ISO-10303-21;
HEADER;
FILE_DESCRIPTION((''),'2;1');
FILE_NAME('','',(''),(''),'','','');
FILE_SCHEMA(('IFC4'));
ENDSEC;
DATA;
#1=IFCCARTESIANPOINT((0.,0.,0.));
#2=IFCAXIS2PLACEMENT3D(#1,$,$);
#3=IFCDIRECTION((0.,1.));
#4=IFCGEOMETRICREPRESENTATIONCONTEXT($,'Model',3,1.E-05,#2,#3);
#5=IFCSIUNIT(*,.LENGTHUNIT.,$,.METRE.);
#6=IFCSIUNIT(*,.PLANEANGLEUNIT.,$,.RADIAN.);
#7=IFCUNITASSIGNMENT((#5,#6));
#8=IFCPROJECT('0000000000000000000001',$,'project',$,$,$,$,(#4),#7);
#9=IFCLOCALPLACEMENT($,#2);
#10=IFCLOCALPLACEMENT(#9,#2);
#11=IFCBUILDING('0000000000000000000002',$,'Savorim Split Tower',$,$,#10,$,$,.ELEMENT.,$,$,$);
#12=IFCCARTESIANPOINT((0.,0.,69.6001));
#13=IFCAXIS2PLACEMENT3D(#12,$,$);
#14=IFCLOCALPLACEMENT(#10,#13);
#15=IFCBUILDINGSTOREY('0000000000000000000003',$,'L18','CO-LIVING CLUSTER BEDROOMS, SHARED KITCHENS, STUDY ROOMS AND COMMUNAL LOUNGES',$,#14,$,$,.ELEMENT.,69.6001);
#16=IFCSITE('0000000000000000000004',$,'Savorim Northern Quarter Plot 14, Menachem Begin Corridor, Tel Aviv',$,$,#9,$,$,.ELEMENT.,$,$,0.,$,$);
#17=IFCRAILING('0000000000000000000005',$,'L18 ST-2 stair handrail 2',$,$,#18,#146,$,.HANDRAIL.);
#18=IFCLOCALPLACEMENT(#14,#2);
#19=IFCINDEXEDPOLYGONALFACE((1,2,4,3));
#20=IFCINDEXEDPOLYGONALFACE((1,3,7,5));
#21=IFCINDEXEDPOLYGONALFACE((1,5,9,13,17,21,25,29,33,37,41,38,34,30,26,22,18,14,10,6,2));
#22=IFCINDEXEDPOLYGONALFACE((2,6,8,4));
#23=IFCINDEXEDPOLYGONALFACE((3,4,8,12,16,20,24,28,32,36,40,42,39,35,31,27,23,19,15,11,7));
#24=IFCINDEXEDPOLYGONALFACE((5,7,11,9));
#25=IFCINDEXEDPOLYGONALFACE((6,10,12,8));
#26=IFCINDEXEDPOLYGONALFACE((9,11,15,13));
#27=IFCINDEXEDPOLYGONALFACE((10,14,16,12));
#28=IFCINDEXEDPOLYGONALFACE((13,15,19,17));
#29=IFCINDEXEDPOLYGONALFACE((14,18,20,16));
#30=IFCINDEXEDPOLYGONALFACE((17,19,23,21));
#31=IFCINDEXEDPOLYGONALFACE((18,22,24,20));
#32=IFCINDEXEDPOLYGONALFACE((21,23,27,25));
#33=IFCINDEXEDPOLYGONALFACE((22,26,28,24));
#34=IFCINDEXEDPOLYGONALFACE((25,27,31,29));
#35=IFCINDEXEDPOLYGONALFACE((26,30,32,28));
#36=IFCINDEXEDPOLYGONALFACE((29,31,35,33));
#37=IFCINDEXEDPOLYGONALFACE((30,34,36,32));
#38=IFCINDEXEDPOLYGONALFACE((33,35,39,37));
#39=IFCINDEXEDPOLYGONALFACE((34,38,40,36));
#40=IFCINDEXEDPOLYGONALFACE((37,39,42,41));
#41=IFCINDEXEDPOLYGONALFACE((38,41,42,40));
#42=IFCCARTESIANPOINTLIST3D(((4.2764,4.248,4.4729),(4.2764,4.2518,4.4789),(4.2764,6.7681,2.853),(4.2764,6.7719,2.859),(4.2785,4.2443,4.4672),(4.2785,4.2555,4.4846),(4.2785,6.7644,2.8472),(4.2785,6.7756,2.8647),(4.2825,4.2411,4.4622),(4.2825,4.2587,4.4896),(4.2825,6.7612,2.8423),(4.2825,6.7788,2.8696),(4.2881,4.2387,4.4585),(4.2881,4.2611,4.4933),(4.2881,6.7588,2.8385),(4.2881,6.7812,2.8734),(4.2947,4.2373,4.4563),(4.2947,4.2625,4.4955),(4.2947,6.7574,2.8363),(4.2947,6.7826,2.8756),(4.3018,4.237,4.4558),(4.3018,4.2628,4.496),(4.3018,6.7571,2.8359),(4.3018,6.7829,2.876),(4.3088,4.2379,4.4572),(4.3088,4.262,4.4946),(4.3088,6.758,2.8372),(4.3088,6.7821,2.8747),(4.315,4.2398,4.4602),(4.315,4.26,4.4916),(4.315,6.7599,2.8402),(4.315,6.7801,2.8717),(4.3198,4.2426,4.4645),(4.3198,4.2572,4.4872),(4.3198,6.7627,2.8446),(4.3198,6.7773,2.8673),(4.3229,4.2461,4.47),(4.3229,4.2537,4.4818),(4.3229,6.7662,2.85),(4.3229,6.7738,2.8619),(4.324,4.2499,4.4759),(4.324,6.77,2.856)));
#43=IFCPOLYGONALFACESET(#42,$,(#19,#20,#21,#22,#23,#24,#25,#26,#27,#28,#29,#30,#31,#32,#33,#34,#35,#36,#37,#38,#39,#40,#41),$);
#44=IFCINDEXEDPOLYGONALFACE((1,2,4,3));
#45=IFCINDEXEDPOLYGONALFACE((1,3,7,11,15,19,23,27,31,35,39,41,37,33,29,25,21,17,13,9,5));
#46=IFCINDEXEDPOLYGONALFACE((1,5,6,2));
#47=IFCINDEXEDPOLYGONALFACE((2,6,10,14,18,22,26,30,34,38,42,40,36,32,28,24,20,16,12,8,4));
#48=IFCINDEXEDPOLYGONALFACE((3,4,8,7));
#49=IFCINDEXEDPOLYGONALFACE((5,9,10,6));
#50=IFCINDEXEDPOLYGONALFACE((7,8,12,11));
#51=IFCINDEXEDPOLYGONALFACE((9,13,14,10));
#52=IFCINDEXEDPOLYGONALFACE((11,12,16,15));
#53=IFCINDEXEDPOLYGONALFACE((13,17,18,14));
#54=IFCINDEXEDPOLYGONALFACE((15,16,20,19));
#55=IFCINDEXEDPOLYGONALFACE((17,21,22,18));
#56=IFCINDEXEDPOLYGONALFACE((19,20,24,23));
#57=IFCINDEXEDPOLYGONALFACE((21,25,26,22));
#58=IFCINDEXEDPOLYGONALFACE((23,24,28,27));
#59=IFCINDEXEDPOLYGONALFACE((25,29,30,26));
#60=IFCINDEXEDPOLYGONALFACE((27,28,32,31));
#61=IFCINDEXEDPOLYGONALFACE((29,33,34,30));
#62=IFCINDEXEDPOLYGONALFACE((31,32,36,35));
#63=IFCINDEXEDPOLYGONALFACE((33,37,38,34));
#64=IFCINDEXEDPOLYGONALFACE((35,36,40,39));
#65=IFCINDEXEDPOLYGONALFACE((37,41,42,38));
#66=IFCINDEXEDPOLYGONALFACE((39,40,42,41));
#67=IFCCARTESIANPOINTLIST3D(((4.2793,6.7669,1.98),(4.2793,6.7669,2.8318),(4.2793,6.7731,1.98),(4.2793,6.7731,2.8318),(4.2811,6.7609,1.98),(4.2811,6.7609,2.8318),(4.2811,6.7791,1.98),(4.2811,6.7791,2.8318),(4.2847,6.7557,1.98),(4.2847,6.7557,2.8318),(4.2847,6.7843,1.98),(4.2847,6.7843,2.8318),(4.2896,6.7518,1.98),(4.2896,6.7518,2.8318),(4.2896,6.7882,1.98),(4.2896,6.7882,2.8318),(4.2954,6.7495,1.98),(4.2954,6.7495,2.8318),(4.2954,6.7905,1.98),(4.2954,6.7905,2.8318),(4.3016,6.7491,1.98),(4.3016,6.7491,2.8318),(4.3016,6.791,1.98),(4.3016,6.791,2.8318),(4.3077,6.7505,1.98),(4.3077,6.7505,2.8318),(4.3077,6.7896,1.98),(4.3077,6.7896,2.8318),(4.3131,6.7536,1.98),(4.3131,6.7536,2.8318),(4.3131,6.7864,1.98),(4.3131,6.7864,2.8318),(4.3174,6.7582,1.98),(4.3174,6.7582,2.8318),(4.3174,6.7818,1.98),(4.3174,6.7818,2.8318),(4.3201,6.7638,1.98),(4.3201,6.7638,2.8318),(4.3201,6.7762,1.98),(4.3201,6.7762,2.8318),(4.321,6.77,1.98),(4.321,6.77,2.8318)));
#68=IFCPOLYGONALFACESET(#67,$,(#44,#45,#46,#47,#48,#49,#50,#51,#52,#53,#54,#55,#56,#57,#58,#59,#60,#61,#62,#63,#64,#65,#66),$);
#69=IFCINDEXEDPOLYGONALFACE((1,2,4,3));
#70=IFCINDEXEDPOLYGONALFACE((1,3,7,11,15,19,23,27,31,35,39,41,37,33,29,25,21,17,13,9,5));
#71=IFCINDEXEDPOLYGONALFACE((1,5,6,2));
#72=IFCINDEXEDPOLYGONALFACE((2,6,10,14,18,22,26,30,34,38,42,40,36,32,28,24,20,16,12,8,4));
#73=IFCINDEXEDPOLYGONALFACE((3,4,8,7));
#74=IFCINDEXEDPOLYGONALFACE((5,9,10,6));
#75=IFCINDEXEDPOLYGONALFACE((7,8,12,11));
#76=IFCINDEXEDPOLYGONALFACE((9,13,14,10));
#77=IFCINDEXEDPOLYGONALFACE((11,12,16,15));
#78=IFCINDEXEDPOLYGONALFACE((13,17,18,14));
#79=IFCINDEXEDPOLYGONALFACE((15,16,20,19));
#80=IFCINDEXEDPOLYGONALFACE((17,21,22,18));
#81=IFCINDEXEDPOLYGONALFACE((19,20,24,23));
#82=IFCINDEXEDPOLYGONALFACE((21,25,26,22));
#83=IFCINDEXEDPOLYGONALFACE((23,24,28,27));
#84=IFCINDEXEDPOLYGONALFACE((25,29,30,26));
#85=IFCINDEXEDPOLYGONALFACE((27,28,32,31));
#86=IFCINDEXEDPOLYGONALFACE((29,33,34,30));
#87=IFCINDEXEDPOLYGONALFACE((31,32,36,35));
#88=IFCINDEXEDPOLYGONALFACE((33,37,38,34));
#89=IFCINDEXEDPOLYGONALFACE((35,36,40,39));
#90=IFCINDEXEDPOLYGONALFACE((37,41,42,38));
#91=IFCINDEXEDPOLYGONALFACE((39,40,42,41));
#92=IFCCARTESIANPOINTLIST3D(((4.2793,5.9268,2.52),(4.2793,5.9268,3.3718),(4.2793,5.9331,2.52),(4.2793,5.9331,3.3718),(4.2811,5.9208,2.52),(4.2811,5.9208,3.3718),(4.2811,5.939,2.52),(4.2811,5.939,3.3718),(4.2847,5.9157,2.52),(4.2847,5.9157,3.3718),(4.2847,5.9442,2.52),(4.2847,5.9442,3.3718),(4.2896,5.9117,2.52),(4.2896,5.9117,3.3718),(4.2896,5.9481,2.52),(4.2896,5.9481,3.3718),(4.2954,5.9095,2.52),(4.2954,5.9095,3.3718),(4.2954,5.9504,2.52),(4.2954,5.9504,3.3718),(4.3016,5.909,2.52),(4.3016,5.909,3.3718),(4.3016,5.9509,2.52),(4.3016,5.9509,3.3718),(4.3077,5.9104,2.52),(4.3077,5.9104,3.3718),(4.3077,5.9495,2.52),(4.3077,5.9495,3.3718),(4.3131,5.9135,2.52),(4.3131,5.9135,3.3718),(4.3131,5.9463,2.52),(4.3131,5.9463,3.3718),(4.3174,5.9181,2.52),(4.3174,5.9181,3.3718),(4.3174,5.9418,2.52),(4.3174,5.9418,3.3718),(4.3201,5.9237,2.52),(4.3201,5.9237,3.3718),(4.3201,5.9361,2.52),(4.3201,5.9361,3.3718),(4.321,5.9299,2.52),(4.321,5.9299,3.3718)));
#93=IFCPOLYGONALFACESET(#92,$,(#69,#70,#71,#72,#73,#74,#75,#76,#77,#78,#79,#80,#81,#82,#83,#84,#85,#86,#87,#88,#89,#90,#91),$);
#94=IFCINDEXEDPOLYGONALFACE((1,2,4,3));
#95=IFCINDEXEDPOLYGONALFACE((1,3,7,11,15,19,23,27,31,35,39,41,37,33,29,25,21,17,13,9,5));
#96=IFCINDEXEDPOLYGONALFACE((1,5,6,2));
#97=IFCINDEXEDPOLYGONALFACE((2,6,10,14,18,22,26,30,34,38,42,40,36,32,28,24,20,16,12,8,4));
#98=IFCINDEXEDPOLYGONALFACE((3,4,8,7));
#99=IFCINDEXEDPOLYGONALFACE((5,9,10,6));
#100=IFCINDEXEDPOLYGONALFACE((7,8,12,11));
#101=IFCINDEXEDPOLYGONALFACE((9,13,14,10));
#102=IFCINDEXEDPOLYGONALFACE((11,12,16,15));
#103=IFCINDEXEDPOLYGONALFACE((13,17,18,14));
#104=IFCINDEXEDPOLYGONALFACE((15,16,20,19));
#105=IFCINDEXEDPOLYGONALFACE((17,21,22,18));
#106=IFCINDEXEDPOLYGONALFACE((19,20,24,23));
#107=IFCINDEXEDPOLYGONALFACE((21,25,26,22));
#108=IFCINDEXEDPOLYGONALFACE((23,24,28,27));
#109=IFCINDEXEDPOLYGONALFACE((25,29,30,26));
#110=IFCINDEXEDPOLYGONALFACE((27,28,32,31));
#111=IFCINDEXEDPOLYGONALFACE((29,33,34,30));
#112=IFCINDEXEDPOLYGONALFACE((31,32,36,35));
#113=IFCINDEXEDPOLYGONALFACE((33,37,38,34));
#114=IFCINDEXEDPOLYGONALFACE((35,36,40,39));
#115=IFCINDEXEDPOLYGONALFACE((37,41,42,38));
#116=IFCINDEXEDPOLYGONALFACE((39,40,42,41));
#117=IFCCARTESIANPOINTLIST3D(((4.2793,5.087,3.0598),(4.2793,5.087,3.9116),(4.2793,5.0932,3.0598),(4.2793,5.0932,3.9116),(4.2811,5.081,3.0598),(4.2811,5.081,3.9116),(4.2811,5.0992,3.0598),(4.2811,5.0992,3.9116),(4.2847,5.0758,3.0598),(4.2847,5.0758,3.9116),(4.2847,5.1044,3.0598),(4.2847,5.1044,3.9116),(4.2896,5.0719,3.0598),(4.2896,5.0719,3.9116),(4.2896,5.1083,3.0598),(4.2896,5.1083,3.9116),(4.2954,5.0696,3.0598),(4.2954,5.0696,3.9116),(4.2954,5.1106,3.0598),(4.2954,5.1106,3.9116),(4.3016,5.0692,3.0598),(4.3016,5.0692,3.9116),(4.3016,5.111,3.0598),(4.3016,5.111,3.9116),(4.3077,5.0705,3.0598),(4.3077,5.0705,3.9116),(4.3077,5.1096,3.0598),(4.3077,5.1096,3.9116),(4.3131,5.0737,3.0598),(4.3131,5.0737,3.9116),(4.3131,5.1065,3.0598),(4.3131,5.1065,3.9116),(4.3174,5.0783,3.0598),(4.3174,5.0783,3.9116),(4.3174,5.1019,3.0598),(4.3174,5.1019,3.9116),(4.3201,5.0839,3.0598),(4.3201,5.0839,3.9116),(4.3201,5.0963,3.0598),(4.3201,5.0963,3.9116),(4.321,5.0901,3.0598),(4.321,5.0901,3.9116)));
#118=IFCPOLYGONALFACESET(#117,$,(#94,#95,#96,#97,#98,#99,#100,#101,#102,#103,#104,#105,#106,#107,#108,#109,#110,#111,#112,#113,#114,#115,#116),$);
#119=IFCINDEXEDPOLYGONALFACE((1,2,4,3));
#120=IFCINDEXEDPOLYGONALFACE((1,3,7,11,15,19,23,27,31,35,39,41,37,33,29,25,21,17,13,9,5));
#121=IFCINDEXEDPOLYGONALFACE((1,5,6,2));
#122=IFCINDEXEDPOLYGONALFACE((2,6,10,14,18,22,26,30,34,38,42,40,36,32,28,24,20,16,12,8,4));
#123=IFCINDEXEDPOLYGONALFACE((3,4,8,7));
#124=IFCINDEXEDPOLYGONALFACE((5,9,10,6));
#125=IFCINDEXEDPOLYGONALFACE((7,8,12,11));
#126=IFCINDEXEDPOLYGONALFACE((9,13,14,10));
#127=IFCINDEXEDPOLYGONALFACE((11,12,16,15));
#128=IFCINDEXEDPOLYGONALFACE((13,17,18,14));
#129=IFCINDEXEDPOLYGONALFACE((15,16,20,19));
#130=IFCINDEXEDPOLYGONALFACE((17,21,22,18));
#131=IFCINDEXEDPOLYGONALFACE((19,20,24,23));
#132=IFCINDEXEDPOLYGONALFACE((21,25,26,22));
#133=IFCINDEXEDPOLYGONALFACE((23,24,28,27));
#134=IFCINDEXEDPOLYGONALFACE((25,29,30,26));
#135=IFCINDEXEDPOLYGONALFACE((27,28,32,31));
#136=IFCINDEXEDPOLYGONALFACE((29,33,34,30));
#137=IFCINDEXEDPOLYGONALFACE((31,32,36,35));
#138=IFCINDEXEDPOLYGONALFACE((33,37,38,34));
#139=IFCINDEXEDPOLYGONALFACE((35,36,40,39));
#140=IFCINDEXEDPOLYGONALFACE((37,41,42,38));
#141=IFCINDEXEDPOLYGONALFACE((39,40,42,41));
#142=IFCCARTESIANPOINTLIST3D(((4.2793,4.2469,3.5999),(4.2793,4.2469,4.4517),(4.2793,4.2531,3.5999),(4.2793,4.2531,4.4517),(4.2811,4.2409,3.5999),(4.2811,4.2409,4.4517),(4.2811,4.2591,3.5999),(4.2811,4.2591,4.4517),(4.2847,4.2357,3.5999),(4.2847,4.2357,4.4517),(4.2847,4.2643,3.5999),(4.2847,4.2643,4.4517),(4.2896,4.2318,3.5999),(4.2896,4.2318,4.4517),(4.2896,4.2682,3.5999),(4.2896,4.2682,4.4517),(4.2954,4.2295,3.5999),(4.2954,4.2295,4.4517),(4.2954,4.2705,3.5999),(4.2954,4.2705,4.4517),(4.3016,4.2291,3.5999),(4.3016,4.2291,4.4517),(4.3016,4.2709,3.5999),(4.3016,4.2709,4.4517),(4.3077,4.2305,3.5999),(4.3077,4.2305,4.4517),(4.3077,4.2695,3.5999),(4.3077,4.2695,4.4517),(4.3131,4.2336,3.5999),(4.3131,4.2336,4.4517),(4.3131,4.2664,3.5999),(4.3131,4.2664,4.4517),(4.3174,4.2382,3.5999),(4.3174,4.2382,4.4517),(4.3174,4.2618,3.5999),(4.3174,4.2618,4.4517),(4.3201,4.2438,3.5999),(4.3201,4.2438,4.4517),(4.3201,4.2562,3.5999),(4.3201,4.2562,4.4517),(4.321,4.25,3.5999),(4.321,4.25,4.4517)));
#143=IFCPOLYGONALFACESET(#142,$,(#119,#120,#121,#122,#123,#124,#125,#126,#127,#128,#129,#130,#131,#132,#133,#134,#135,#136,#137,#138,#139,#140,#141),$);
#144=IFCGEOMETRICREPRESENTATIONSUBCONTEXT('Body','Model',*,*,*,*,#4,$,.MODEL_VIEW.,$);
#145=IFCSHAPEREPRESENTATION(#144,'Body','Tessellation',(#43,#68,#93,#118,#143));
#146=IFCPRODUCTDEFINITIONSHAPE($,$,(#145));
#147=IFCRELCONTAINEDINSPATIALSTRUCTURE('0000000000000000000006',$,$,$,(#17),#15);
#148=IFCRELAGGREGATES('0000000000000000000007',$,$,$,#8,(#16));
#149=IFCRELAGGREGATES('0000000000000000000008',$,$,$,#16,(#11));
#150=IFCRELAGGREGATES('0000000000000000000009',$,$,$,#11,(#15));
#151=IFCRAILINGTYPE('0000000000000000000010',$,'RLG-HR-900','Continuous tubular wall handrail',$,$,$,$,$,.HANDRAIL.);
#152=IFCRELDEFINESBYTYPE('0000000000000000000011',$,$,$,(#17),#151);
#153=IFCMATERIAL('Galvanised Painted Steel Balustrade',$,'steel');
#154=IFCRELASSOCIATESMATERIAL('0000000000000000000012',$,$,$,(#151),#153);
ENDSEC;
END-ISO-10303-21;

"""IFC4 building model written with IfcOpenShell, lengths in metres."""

from ifc_helpers import new_model, si_unit, direction, frame, origin, origin_2d, place, context, subcontext, project, spatial, circle, extrude, material, type_object, element, save


model = new_model("IFC4")

# Units and contexts
model_context = context("Model", 3, precision=1e-05, world=origin(), true_north=direction((0.0, 1.0)))
body_context = subcontext(model_context, "Body", "Model", "MODEL_VIEW")
ifc_project = project(units=[si_unit("LENGTHUNIT", "METRE"), si_unit("PLANEANGLEUNIT", "RADIAN")], contexts=[model_context])

# Site, building, storey
site_placement = place(None, origin())
site = spatial("IfcSite", under=ifc_project, at=site_placement, Name="Savorim Northern Quarter Plot 14, Menachem Begin Corridor, Tel Aviv", CompositionType="ELEMENT", RefElevation=0.0)
building_placement = place(site_placement, origin())
building = spatial("IfcBuilding", under=site, at=building_placement, Name="Savorim Split Tower", CompositionType="ELEMENT")
storey_placement = place(building_placement, frame((0.0, 0.0, 69.6001)))
storey = spatial("IfcBuildingStorey", under=building, at=storey_placement, Name="L18", Description="CO-LIVING CLUSTER BEDROOMS, SHARED KITCHENS, STUDY ROOMS AND COMMUNAL LOUNGES", CompositionType="ELEMENT", Elevation=69.6001)

# Railing
ifc_material_1 = material(Name="Galvanised Painted Steel Balustrade", Category="steel")
railing_type_1 = type_object("IfcRailingType", Name="RLG-HR-900", Description="Continuous tubular wall handrail", PredefinedType="HANDRAIL", material=ifc_material_1)
railing_1_placement = place(storey_placement, frame((4.3, 6.77, 1.98)))
element("IfcRailing", 1, at=railing_1_placement, inside=storey, type_object=railing_type_1, Name="L18 ST-2 stair handrail 2", PredefinedType="HANDRAIL", context=body_context, shape_type="SweptSolid", body=[
    extrude(circle(Radius=0.0239, at=origin_2d()), frame((0.0, 0.0, 0.876), z_axis=(0.0, -0.8412, 0.540725), x_axis=(1.0, 0.0, 0.0)), (0.0, 0.0, 1.0), 2.9958),
    extrude(circle(Radius=0.021, at=origin_2d()), origin(), (0.0, 0.0, 1.0), 0.8518),
    extrude(circle(Radius=0.021, at=origin_2d()), frame((0.0, -0.8401, 0.54)), (0.0, 0.0, 1.0), 0.8518),
    extrude(circle(Radius=0.021, at=origin_2d()), frame((0.0, -1.6799, 1.0798)), (0.0, 0.0, 1.0), 0.8518),
    extrude(circle(Radius=0.021, at=origin_2d()), frame((0.0, -2.52, 1.6199)), (0.0, 0.0, 1.0), 0.8518),
])

save(model, "model.ifc")
